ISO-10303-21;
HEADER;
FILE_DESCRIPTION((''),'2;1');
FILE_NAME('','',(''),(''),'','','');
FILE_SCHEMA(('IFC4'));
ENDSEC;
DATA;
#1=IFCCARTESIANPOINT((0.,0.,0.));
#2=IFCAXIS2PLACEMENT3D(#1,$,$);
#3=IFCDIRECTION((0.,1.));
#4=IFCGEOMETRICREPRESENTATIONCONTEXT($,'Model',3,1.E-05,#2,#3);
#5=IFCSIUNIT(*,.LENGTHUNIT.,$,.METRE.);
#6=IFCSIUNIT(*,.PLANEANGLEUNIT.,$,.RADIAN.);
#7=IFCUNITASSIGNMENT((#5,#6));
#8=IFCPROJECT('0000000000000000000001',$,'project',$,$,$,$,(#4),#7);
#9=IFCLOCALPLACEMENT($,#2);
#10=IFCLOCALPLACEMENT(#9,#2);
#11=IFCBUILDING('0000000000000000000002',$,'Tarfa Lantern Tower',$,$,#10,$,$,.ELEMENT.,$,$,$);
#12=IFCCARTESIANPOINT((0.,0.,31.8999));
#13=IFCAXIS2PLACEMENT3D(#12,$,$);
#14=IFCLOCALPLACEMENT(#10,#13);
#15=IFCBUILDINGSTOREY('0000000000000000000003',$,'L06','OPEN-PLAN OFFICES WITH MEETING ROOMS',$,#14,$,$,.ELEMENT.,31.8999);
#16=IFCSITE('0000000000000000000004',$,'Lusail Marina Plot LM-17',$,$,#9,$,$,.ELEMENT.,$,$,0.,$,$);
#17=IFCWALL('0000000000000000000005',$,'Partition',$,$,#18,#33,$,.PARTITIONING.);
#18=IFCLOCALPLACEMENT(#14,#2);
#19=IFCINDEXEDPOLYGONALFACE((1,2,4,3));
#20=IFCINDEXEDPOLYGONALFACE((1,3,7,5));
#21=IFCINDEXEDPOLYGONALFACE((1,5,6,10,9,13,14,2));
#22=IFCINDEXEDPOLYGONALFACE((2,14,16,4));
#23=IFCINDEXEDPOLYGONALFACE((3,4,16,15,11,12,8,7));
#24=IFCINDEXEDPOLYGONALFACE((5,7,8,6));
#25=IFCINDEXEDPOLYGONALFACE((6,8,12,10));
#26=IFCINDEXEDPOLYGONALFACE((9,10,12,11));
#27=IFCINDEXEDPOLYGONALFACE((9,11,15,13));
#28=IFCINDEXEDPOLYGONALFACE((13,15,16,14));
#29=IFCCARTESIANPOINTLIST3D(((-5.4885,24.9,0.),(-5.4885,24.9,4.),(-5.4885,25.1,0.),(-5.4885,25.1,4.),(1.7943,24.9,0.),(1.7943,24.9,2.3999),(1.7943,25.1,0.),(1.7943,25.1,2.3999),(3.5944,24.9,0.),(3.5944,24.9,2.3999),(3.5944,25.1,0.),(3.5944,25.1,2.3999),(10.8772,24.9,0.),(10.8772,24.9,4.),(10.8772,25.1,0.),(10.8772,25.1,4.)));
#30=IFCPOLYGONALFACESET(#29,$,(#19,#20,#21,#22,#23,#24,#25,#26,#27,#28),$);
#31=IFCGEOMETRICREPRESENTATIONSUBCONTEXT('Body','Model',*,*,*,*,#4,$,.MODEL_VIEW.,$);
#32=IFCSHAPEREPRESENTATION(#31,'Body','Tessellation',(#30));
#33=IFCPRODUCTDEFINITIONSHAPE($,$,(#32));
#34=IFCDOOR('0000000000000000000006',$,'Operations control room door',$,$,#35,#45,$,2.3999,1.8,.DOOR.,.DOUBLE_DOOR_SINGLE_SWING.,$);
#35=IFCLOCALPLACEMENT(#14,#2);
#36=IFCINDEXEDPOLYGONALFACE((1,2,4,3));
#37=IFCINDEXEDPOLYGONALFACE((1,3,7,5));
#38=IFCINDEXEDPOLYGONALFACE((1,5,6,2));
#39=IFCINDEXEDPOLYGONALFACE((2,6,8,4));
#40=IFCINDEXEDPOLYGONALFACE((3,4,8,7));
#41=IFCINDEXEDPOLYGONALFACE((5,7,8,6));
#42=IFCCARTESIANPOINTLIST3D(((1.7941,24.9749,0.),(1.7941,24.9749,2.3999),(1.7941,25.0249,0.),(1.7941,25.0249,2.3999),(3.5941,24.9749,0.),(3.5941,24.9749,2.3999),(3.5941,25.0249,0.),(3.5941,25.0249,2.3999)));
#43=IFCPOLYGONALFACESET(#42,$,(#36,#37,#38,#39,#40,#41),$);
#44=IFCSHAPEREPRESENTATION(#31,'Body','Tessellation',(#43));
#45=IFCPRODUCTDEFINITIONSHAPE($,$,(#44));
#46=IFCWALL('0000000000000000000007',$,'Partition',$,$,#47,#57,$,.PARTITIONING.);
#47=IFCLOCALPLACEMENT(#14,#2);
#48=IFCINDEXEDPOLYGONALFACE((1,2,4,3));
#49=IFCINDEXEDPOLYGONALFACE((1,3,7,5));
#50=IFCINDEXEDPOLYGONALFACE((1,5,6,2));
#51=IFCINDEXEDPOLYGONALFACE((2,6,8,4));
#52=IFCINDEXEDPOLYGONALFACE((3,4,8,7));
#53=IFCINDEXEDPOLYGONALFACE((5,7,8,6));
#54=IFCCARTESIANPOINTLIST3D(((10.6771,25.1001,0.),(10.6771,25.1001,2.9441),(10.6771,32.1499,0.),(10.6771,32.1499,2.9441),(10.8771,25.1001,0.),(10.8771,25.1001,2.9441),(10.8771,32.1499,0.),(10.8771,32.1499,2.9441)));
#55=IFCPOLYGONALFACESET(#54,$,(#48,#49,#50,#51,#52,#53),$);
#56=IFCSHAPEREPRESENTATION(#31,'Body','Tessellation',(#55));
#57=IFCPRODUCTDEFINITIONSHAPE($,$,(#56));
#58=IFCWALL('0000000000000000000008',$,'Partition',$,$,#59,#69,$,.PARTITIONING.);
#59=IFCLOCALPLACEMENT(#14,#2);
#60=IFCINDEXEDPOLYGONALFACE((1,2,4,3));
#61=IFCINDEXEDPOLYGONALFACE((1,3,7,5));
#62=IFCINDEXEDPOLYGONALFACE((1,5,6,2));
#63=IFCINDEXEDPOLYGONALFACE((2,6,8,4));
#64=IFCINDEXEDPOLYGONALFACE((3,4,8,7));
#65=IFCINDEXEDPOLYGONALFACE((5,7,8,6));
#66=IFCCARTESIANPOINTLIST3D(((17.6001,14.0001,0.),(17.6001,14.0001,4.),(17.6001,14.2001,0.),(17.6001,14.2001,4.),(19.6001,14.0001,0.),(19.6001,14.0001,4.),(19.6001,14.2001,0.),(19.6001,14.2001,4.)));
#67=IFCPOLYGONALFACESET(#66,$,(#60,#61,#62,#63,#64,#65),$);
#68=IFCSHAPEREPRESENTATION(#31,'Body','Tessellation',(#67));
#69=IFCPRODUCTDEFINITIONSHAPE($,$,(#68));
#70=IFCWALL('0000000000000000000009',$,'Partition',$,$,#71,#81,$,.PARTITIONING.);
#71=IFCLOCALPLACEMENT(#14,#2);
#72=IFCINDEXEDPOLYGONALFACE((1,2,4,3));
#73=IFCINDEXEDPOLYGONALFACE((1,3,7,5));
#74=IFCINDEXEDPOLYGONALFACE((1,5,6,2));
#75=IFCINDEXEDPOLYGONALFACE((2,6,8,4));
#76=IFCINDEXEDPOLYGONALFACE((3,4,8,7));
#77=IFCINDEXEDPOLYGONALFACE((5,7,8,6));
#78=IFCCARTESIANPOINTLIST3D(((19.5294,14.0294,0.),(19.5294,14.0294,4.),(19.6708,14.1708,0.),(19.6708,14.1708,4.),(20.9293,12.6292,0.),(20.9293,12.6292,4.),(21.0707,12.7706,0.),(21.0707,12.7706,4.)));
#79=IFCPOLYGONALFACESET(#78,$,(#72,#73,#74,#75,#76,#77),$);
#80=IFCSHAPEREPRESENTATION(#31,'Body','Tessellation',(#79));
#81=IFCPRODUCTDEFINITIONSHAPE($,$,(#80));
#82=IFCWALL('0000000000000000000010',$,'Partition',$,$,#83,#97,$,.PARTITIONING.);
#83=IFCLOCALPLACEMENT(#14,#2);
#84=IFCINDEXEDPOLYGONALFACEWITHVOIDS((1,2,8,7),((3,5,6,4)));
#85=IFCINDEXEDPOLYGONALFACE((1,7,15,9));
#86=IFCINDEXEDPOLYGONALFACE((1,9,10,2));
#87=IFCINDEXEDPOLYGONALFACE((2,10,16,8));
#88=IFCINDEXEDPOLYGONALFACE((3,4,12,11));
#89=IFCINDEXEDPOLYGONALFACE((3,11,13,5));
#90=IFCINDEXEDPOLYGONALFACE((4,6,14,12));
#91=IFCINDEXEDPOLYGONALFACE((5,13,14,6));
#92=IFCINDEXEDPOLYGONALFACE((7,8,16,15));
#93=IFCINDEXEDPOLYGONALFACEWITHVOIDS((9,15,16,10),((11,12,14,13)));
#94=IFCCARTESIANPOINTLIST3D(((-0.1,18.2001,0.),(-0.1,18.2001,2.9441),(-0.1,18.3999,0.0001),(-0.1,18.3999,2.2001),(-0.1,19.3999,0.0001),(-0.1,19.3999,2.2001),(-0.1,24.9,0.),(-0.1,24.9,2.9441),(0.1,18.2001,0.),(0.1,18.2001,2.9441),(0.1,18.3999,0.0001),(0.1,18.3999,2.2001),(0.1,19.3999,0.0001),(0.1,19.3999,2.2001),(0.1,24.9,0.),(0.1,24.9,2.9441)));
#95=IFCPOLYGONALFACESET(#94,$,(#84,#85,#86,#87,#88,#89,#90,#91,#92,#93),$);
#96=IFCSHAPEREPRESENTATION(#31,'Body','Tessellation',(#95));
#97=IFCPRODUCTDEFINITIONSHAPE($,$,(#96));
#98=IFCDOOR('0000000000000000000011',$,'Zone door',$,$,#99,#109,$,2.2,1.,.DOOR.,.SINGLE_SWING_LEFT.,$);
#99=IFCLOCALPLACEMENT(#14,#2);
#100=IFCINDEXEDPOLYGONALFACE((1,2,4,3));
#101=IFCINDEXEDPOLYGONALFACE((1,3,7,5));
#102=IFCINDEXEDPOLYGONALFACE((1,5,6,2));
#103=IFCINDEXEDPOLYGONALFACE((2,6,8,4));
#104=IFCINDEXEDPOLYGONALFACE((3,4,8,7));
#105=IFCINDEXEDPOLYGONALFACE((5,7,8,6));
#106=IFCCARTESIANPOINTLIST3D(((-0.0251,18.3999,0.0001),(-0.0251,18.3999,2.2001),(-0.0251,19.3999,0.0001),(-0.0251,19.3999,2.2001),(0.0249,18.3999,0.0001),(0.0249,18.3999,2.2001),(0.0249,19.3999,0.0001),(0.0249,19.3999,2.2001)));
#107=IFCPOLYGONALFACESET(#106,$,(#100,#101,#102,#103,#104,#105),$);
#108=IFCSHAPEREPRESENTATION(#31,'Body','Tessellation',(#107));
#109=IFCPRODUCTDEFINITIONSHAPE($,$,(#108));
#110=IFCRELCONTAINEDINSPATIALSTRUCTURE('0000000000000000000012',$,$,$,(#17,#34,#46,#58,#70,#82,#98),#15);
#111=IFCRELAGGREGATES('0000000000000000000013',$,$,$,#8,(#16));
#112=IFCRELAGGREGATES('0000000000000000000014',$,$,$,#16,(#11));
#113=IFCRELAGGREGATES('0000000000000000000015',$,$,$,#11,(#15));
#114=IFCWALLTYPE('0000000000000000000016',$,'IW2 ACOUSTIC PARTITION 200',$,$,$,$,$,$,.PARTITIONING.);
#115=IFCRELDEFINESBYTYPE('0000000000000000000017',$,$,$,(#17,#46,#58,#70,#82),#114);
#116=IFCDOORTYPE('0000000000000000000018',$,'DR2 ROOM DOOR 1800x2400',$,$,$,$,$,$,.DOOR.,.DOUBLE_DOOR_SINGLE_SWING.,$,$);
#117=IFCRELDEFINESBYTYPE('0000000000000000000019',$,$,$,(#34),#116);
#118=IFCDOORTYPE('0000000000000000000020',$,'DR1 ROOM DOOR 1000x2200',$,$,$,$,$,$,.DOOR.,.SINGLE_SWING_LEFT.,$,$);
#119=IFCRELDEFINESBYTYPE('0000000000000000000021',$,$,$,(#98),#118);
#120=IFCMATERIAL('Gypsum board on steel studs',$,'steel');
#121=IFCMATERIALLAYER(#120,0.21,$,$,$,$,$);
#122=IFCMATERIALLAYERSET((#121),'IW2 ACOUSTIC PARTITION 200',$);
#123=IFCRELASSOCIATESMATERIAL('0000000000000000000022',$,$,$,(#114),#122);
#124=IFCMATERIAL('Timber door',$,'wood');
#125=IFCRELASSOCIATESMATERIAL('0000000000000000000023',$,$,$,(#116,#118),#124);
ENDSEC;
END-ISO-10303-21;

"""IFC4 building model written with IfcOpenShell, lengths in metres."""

from ifc_helpers import new_model, si_unit, direction, frame, frame_2d, origin, place, context, subcontext, project, spatial, rectangle, extrude, material, layer, layer_set, type_object, element, fill, save


model = new_model("IFC4")

# Units and contexts
model_context = context("Model", 3, precision=1e-05, world=origin(), true_north=direction((0.0, 1.0)))
body_context = subcontext(model_context, "Body", "Model", "MODEL_VIEW")
ifc_project = project(units=[si_unit("LENGTHUNIT", "METRE"), si_unit("PLANEANGLEUNIT", "RADIAN")], contexts=[model_context])

# Site, building, storey
site_placement = place(None, origin())
site = spatial("IfcSite", under=ifc_project, at=site_placement, Name="Lusail Marina Plot LM-17", CompositionType="ELEMENT", RefElevation=0.0)
building_placement = place(site_placement, origin())
building = spatial("IfcBuilding", under=site, at=building_placement, Name="Tarfa Lantern Tower", CompositionType="ELEMENT")
storey_placement = place(building_placement, frame((0.0, 0.0, 31.8999)))
storey = spatial("IfcBuildingStorey", under=building, at=storey_placement, Name="L06", Description="OPEN-PLAN OFFICES WITH MEETING ROOMS", CompositionType="ELEMENT", Elevation=31.8999)

# Shared definitions
ifc_material_1 = material(Name="Gypsum board on steel studs", Category="steel")
ifc_layer_1 = layer(ifc_material_1, 0.21)
ifc_layer_set_1 = layer_set([ifc_layer_1], Name="IW2 ACOUSTIC PARTITION 200")
wall_type_1 = type_object("IfcWallType", Name="IW2 ACOUSTIC PARTITION 200", PredefinedType="PARTITIONING", material=ifc_layer_set_1)

# Wall, opening, door
wall_1_placement = place(storey_placement, frame((10.8772, 25.0, 0.0), z_axis=(0.0, 0.0, 1.0), x_axis=(-1.0, 0.0, 0.0)))
wall_1 = element("IfcWall", 1, at=wall_1_placement, inside=storey, type_object=wall_type_1, Name="Partition", PredefinedType="PARTITIONING", context=body_context, shape_type="SweptSolid", body=[
    extrude(rectangle(XDim=16.3657, YDim=0.2, at=frame_2d((8.1829, 0.0))), origin(), (0.0, 0.0, 1.0), 4.0),
])
opening_1_placement = place(wall_1_placement, frame((7.283, 0.0, 0.0)))
opening_1 = element("IfcOpeningElement", 2, at=opening_1_placement, cuts=wall_1, PredefinedType="OPENING", context=body_context, shape_type="SweptSolid", body=[
    extrude(rectangle(XDim=1.8, YDim=2.3999, at=frame_2d((0.8999, 1.2))), frame((0.0, 0.1099, 0.0), z_axis=(0.0, -1.0, 0.0), x_axis=(1.0, 0.0, 0.0)), (0.0, 0.0, 1.0), 0.22),
])
ifc_material_2 = material(Name="Timber door", Category="wood")
door_type_1 = type_object("IfcDoorType", Name="DR2 ROOM DOOR 1800x2400", OperationType="DOUBLE_DOOR_SINGLE_SWING", PredefinedType="DOOR", material=ifc_material_2)
door_1_placement = place(opening_1_placement, frame((1.8, 0.0, 0.0), z_axis=(0.0, 0.0, 1.0), x_axis=(-1.0, 0.0, 0.0)))
door_1 = element("IfcDoor", 3, at=door_1_placement, inside=storey, type_object=door_type_1, Name="Operations control room door", OperationType="DOUBLE_DOOR_SINGLE_SWING", OverallHeight=2.3999, OverallWidth=1.8, PredefinedType="DOOR", context=body_context, shape_type="SweptSolid", body=[
    extrude(rectangle(XDim=1.8, YDim=2.3999, at=frame_2d((0.8999, 1.2))), frame((0.0, 0.0249, 0.0), z_axis=(0.0, -1.0, 0.0), x_axis=(1.0, 0.0, 0.0)), (0.0, 0.0, 1.0), 0.05),
])
fill(opening_1, door_1)

# Walls
wall_2_placement = place(storey_placement, frame((10.7771, 25.1001, 0.0), z_axis=(0.0, 0.0, 1.0), x_axis=(0.0, 1.0, 0.0)))
element("IfcWall", 4, at=wall_2_placement, inside=storey, type_object=wall_type_1, Name="Partition", PredefinedType="PARTITIONING", context=body_context, shape_type="SweptSolid", body=[
    extrude(rectangle(XDim=7.0498, YDim=0.2, at=frame_2d((3.5249, 0.0))), origin(), (0.0, 0.0, 1.0), 2.9441),
])
wall_3_placement = place(storey_placement, frame((17.6001, 14.1001, 0.0), z_axis=(0.0, 0.0, 1.0), x_axis=(1.0, 0.0, 0.0)))
element("IfcWall", 5, at=wall_3_placement, inside=storey, type_object=wall_type_1, Name="Partition", PredefinedType="PARTITIONING", context=body_context, shape_type="SweptSolid", body=[
    extrude(rectangle(XDim=2.0, YDim=0.2, at=frame_2d((1.0, 0.0))), origin(), (0.0, 0.0, 1.0), 4.0),
])
wall_4_placement = place(storey_placement, frame((19.6001, 14.1001, 0.0), z_axis=(0.0, 0.0, 1.0), x_axis=(0.707045, -0.707168, 0.0)))
element("IfcWall", 6, at=wall_4_placement, inside=storey, type_object=wall_type_1, Name="Partition", PredefinedType="PARTITIONING", context=body_context, shape_type="SweptSolid", body=[
    extrude(rectangle(XDim=1.98, YDim=0.2, at=frame_2d((0.99, 0.0))), origin(), (0.0, 0.0, 1.0), 4.0),
])

# Wall, opening, door
wall_5_placement = place(storey_placement, frame((0.0, 18.2, 0.0), z_axis=(0.0, 0.0, 1.0), x_axis=(0.0, 1.0, 0.0)))
wall_5 = element("IfcWall", 7, at=wall_5_placement, inside=storey, type_object=wall_type_1, Name="Partition", PredefinedType="PARTITIONING", context=body_context, shape_type="SweptSolid", body=[
    extrude(rectangle(XDim=6.7, YDim=0.2, at=frame_2d((3.3501, 0.0))), origin(), (0.0, 0.0, 1.0), 2.9441),
])
opening_2_placement = place(wall_5_placement, frame((0.2, 0.0, 0.0)))
opening_2 = element("IfcOpeningElement", 8, at=opening_2_placement, cuts=wall_5, PredefinedType="OPENING", context=body_context, shape_type="SweptSolid", body=[
    extrude(rectangle(XDim=1.0, YDim=2.2, at=frame_2d((0.5, 1.1001))), frame((0.0, 0.1099, 0.0), z_axis=(0.0, -1.0, 0.0), x_axis=(1.0, 0.0, 0.0)), (0.0, 0.0, 1.0), 0.22),
])
door_type_2 = type_object("IfcDoorType", Name="DR1 ROOM DOOR 1000x2200", OperationType="SINGLE_SWING_LEFT", PredefinedType="DOOR", material=ifc_material_2)
door_2_placement = place(opening_2_placement, frame((1.0, 0.0, 0.0), z_axis=(0.0, 0.0, 1.0), x_axis=(-1.0, 0.0, 0.0)))
door_2 = element("IfcDoor", 9, at=door_2_placement, inside=storey, type_object=door_type_2, Name="Zone door", OperationType="SINGLE_SWING_LEFT", OverallHeight=2.2, OverallWidth=1.0, PredefinedType="DOOR", context=body_context, shape_type="SweptSolid", body=[
    extrude(rectangle(XDim=1.0, YDim=2.2, at=frame_2d((0.5, 1.1001))), frame((0.0, 0.0249, 0.0), z_axis=(0.0, -1.0, 0.0), x_axis=(1.0, 0.0, 0.0)), (0.0, 0.0, 1.0), 0.05),
])
fill(opening_2, door_2)

save(model, "model.ifc")
